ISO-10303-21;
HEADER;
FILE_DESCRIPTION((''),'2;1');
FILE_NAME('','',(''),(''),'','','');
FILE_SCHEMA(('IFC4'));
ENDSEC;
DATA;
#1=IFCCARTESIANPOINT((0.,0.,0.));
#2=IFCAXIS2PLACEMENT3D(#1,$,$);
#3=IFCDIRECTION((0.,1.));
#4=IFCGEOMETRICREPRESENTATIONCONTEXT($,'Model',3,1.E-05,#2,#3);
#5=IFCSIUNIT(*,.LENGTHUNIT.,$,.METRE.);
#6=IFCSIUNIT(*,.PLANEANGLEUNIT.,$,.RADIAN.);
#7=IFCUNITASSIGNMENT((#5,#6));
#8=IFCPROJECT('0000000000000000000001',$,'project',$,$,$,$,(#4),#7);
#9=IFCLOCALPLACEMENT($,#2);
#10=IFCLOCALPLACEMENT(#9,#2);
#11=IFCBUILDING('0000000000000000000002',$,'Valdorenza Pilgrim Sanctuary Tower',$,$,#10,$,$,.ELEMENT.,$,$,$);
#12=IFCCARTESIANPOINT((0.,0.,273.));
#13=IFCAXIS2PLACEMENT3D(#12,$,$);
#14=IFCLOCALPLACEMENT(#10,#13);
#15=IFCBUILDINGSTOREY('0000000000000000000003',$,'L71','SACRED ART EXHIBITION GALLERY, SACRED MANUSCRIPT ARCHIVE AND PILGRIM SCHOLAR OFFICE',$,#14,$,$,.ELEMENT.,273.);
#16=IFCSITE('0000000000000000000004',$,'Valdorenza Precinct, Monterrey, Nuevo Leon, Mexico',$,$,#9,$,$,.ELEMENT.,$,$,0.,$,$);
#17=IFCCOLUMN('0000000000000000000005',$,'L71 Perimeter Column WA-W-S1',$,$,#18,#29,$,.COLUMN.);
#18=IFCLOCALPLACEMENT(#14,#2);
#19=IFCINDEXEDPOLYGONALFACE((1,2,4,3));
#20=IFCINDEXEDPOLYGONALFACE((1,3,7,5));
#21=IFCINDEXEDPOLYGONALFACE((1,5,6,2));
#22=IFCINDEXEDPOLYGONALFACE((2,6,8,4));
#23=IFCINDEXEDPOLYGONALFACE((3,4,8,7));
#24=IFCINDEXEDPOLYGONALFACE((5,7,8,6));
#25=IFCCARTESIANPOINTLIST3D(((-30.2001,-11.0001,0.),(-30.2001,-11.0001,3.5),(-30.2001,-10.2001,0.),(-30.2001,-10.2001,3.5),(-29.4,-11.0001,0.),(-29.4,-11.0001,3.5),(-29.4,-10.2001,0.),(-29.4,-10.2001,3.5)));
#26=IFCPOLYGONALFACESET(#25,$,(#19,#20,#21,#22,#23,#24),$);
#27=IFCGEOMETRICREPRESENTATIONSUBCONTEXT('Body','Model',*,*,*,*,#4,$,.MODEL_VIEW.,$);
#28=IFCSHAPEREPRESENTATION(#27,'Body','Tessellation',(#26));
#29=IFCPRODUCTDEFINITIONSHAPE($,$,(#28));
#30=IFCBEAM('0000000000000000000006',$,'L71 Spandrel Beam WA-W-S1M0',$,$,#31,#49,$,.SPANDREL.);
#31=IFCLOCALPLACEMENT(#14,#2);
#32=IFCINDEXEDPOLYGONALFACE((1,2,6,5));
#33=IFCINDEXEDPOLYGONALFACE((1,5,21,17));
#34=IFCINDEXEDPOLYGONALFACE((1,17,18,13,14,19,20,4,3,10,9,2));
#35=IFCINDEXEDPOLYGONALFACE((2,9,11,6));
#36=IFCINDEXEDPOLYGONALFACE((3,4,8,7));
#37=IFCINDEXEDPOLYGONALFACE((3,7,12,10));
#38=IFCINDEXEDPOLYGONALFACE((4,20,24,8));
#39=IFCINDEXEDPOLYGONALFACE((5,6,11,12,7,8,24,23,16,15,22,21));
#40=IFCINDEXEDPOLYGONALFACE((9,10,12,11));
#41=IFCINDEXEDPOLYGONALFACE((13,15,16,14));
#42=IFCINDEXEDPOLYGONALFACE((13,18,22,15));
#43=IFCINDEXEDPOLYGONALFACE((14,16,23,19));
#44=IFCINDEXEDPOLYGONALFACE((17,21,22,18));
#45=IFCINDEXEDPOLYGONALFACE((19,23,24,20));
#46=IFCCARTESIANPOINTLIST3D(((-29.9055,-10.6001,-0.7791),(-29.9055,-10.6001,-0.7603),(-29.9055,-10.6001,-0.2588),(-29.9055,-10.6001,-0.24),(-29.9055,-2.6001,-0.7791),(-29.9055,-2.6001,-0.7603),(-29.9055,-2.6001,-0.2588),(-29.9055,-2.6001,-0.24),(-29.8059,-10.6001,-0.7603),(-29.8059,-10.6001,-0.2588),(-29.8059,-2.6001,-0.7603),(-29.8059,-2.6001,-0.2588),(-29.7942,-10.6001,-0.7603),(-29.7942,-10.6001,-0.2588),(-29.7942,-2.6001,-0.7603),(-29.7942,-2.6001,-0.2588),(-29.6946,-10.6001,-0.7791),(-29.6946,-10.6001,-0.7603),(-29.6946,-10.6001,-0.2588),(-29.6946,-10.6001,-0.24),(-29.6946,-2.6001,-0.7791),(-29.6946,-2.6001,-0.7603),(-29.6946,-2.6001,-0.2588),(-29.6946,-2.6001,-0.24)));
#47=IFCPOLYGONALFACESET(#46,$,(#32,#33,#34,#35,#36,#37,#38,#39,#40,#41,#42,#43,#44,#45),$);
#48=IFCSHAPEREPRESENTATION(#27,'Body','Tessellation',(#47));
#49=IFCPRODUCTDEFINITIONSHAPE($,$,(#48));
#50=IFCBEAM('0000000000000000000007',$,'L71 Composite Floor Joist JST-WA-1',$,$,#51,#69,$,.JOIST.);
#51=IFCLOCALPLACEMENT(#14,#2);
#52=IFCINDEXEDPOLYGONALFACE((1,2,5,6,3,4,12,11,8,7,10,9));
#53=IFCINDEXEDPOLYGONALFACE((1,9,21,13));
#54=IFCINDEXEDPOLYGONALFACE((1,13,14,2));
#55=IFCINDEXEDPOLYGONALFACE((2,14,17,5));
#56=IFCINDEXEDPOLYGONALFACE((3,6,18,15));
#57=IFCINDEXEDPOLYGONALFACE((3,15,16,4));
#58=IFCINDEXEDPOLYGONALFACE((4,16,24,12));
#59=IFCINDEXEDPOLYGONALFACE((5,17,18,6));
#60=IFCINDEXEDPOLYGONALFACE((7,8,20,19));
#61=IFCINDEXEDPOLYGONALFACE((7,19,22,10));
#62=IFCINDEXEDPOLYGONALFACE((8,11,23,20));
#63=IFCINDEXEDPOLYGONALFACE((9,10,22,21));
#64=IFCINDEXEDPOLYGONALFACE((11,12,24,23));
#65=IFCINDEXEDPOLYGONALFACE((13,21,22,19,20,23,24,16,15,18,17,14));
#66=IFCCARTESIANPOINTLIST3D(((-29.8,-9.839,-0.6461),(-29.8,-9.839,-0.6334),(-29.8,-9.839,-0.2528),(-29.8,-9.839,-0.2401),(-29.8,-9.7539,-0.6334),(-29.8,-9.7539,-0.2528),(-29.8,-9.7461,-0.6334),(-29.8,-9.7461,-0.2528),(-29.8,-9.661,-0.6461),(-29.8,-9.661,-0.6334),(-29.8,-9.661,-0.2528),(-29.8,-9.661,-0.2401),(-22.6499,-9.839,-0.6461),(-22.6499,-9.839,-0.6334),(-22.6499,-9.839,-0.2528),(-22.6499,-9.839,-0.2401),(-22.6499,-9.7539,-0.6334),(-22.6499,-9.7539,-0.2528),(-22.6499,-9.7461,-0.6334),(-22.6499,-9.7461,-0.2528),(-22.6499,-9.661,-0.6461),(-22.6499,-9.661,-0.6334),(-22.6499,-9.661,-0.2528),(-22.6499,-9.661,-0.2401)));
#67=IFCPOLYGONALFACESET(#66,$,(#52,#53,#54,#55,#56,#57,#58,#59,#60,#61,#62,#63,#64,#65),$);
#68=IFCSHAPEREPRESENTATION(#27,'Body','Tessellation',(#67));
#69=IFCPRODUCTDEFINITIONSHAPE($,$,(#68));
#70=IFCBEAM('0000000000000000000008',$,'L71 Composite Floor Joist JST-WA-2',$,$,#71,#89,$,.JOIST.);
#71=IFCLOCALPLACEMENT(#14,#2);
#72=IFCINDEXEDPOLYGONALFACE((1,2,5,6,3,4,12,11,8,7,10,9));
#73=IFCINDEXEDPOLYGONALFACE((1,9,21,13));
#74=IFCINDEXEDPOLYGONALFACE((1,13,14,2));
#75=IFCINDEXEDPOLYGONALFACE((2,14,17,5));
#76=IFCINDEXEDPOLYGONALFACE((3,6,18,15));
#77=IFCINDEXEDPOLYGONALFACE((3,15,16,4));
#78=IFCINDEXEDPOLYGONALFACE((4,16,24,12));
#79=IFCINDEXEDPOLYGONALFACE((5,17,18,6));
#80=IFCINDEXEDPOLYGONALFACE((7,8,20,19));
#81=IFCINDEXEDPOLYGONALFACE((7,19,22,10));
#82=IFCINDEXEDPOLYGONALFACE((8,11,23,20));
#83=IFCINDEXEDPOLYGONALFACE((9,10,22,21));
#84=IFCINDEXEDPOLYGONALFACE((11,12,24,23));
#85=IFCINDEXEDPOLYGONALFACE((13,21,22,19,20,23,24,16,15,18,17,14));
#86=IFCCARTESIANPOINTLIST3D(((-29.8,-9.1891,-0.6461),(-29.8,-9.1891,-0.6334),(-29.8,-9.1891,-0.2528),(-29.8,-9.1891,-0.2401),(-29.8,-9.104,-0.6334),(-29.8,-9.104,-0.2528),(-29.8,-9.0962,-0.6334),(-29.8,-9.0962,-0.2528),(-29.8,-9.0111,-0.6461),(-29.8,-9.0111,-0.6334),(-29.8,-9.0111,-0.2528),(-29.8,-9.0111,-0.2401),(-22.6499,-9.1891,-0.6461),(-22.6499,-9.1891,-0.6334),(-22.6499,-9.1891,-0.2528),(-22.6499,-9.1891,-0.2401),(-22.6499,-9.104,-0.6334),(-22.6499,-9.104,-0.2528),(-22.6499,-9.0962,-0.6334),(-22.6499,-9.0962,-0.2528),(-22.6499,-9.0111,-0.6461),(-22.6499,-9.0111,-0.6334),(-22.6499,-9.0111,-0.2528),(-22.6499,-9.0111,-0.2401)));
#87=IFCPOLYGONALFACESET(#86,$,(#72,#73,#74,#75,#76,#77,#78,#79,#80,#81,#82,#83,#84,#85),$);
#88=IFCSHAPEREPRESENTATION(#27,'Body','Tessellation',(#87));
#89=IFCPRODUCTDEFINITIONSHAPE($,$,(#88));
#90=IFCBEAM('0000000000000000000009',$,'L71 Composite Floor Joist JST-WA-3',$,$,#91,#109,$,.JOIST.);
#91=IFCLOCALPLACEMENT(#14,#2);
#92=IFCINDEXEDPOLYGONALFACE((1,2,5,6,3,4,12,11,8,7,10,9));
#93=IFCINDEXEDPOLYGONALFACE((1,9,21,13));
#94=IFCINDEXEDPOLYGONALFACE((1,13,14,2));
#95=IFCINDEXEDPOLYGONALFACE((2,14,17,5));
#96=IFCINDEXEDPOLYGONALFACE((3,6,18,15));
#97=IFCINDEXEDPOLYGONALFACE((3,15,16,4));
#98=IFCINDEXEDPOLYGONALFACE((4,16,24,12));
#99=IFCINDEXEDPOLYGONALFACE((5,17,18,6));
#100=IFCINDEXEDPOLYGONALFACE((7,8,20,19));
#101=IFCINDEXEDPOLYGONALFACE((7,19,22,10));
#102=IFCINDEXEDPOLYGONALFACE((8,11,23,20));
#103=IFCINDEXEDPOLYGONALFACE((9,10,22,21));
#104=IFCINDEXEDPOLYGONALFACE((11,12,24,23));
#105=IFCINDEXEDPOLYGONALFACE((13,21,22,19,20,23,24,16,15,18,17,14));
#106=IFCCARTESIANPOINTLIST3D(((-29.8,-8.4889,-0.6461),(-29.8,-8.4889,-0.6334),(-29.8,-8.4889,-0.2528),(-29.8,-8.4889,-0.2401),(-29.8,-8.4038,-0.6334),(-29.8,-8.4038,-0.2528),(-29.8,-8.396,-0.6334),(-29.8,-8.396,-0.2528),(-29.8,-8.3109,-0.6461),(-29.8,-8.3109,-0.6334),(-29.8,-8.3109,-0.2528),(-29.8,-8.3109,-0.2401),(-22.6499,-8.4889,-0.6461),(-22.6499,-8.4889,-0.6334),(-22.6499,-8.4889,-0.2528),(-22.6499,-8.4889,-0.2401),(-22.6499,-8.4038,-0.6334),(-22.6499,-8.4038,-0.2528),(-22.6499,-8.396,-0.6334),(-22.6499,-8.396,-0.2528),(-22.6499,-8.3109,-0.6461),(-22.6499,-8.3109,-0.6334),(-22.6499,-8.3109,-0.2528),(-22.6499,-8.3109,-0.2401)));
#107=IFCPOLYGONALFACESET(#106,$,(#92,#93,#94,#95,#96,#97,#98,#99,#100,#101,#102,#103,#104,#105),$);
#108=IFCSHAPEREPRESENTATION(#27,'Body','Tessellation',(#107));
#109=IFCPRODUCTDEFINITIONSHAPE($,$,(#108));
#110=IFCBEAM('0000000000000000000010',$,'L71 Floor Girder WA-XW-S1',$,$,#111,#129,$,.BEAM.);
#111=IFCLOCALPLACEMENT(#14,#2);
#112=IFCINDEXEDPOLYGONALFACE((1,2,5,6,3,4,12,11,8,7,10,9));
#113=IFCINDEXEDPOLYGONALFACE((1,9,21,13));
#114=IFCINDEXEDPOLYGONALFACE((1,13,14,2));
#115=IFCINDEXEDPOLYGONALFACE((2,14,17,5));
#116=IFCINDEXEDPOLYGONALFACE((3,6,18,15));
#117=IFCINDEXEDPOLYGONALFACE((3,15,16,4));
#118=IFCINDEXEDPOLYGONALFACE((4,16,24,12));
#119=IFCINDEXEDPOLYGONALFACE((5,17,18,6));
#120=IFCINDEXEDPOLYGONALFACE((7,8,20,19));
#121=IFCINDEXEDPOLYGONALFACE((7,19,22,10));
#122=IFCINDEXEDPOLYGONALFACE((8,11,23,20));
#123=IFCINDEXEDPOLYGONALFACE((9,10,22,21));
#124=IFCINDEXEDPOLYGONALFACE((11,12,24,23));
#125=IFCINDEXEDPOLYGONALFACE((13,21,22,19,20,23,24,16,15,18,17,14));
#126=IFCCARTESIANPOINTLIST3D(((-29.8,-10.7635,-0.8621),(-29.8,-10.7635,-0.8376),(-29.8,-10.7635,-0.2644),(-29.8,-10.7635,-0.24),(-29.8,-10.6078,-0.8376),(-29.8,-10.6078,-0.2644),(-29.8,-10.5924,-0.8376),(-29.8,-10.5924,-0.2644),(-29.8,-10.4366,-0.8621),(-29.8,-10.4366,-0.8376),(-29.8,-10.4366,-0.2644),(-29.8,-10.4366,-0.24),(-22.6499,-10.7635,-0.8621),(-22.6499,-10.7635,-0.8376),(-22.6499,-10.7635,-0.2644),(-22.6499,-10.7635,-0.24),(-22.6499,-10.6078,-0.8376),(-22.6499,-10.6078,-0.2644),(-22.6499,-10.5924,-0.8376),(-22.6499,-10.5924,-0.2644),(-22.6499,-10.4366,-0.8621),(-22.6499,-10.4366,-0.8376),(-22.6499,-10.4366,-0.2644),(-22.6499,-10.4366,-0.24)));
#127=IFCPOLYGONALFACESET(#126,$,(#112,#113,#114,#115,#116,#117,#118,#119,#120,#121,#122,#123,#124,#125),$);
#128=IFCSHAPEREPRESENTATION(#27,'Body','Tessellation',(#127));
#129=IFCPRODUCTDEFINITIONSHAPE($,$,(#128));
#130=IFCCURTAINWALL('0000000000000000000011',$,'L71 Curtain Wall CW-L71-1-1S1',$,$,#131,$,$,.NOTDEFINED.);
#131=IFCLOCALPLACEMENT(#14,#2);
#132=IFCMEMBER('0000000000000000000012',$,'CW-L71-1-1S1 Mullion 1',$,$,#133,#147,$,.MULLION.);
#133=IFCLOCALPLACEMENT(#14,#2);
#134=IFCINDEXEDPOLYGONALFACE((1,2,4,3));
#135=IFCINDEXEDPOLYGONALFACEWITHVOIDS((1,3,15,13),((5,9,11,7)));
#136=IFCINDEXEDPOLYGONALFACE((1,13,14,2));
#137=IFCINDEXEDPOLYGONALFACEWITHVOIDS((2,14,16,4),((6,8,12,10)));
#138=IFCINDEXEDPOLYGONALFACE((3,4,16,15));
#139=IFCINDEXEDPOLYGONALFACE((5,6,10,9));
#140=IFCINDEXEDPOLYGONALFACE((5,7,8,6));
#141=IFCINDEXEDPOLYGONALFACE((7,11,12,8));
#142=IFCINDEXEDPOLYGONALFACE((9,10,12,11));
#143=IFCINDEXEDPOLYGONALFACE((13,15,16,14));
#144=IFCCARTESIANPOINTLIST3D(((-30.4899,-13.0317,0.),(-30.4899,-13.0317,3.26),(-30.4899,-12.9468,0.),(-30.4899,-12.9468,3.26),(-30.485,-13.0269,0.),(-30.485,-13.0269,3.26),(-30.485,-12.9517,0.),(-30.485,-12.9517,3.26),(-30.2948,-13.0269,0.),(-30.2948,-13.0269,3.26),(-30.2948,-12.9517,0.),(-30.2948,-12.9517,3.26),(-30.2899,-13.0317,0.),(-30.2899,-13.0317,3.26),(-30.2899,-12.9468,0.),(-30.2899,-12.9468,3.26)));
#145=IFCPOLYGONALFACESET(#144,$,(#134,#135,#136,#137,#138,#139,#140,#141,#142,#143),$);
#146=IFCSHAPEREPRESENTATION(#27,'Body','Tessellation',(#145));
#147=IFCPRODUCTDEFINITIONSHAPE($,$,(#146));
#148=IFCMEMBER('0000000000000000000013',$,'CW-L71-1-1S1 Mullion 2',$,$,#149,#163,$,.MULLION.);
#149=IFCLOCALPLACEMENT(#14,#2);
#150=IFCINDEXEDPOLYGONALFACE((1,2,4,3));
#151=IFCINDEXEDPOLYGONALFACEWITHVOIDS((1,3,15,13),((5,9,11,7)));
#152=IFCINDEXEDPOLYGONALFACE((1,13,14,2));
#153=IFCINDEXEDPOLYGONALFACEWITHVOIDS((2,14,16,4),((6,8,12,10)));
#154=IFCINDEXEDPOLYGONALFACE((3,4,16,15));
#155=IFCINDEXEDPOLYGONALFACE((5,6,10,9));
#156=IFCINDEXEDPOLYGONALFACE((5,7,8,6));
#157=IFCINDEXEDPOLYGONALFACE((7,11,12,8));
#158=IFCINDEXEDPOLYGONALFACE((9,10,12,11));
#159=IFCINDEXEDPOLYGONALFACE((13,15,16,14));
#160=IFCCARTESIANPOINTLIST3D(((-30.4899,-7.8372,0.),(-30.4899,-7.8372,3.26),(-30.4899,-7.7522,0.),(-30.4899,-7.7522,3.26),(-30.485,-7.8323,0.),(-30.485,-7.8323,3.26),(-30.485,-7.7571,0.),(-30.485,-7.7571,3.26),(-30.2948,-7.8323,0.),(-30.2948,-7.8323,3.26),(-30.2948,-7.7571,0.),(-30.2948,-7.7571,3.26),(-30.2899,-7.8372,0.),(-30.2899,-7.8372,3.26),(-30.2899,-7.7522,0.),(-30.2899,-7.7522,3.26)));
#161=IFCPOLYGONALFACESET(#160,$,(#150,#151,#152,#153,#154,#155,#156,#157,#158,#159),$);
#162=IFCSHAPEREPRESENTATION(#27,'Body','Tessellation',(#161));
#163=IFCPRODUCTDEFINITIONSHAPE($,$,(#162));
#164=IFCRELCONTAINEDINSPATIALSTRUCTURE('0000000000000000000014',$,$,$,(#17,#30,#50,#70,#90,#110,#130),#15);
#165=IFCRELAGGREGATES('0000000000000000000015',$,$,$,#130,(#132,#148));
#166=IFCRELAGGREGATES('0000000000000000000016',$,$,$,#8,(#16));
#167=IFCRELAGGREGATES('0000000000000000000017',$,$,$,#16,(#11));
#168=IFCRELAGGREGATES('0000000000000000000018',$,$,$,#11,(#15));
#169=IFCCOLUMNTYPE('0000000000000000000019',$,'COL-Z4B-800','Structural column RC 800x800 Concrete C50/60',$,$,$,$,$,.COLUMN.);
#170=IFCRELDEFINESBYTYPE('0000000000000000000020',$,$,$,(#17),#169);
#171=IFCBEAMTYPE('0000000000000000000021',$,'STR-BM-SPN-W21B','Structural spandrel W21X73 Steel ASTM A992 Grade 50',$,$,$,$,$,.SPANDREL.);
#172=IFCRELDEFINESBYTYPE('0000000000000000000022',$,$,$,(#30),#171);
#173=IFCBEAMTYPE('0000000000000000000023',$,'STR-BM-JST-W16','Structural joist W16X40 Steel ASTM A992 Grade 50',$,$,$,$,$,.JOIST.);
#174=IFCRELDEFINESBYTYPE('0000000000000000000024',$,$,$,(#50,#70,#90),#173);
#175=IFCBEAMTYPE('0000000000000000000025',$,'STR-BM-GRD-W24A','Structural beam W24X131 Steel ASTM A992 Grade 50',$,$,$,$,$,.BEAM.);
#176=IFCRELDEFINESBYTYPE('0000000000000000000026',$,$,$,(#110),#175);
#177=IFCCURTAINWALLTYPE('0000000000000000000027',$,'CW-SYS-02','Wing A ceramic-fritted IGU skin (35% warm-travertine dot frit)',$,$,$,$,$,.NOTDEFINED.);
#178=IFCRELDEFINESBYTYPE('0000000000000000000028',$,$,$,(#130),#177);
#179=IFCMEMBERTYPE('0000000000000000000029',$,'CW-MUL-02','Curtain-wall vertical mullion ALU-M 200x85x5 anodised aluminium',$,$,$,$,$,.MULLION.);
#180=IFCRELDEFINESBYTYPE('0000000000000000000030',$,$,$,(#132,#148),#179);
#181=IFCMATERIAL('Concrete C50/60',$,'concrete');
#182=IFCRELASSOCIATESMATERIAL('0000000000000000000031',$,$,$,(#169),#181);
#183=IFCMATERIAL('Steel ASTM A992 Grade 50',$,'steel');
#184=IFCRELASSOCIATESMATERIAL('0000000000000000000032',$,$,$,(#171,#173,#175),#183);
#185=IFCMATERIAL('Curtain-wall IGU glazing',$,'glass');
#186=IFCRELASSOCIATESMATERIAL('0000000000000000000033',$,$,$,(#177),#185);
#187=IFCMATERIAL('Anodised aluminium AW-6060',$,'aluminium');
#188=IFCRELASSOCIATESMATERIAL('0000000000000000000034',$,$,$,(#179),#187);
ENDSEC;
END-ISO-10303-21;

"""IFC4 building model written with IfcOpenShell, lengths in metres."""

from ifc_helpers import new_model, si_unit, direction, frame, origin, origin_2d, place, context, subcontext, project, spatial, rectangle, hollow_rectangle, i_section, extrude, source, transform, mapped, material, material_profile, profile_set, type_object, element, aggregate, save


model = new_model("IFC4")

# Units and contexts
model_context = context("Model", 3, precision=1e-05, world=origin(), true_north=direction((0.0, 1.0)))
body_context = subcontext(model_context, "Body", "Model", "MODEL_VIEW")
ifc_project = project(units=[si_unit("LENGTHUNIT", "METRE"), si_unit("PLANEANGLEUNIT", "RADIAN")], contexts=[model_context])

# Site, building, storey
site_placement = place(None, origin())
site = spatial("IfcSite", under=ifc_project, at=site_placement, Name="Valdorenza Precinct, Monterrey, Nuevo Leon, Mexico", CompositionType="ELEMENT", RefElevation=0.0)
building_placement = place(site_placement, origin())
building = spatial("IfcBuilding", under=site, at=building_placement, Name="Valdorenza Pilgrim Sanctuary Tower", CompositionType="ELEMENT")
storey_placement = place(building_placement, frame((0.0, 0.0, 273.0)))
storey = spatial("IfcBuildingStorey", under=building, at=storey_placement, Name="L71", Description="SACRED ART EXHIBITION GALLERY, SACRED MANUSCRIPT ARCHIVE AND PILGRIM SCHOLAR OFFICE", CompositionType="ELEMENT", Elevation=273.0)

# Column
ifc_material_1 = material(Name="Concrete C50/60", Category="concrete")
ifc_material_profile_1 = material_profile(ifc_material_1, rectangle(XDim=0.8, YDim=0.8, at=origin_2d()), Name="RC 800x800")
ifc_profile_set_1 = profile_set([ifc_material_profile_1], Name="Concrete C50/60")
column_type = type_object("IfcColumnType", Name="COL-Z4B-800", Description="Structural column RC 800x800 Concrete C50/60", PredefinedType="COLUMN", material=ifc_profile_set_1)
shared_shape_1 = source(origin(), body_context, "Body", "SweptSolid", [
    extrude(rectangle(XDim=0.8, YDim=0.8, at=origin_2d()), origin(), (0.0, 0.0, 1.0), 3.5),
])
column_placement = place(storey_placement, frame((-29.8, -10.6001, 0.0), z_axis=(0.0, 0.0, 1.0), x_axis=(1.0, 0.0, 0.0)))
element("IfcColumn", 1, at=column_placement, inside=storey, type_object=column_type, Name="L71 Perimeter Column WA-W-S1", PredefinedType="COLUMN", context=body_context, shape_type="MappedRepresentation", body=[
    mapped(shared_shape_1, transform((0.0, 0.0, 0.0), x_axis=(1.0, 0.0, 0.0), y_axis=(0.0, 1.0, 0.0), z_axis=(0.0, 0.0, 1.0), scale=1.0)),
])

# Beams
ifc_material_2 = material(Name="Steel ASTM A992 Grade 50", Category="steel")
ifc_material_profile_2 = material_profile(ifc_material_2, i_section(OverallWidth=0.2109, OverallDepth=0.5391, WebThickness=0.0117, FlangeThickness=0.0188, at=origin_2d()), Name="W21X73")
ifc_profile_set_2 = profile_set([ifc_material_profile_2], Name="Steel ASTM A992 Grade 50")
beam_type_1 = type_object("IfcBeamType", Name="STR-BM-SPN-W21B", Description="Structural spandrel W21X73 Steel ASTM A992 Grade 50", PredefinedType="SPANDREL", material=ifc_profile_set_2)
shared_shape_2 = source(origin(), body_context, "Body", "SweptSolid", [
    extrude(i_section(OverallWidth=0.2109, OverallDepth=0.5391, WebThickness=0.0117, FlangeThickness=0.0188, at=origin_2d()), origin(), (0.0, 0.0, 1.0), 8.0),
])
beam_1_placement = place(storey_placement, frame((-29.8, -10.6001, -0.5095), z_axis=(0.0, 1.0, 0.0), x_axis=(-1.0, 0.0, 0.0)))
element("IfcBeam", 2, at=beam_1_placement, inside=storey, type_object=beam_type_1, Name="L71 Spandrel Beam WA-W-S1M0", PredefinedType="SPANDREL", context=body_context, shape_type="MappedRepresentation", body=[
    mapped(shared_shape_2, transform((0.0, 0.0, 0.0), x_axis=(1.0, 0.0, 0.0), y_axis=(0.0, 1.0, 0.0), z_axis=(0.0, 0.0, 1.0), scale=1.0)),
])
ifc_material_profile_3 = material_profile(ifc_material_2, i_section(OverallWidth=0.178, OverallDepth=0.406, WebThickness=0.0078, FlangeThickness=0.0127, at=origin_2d()), Name="W16X40")
ifc_profile_set_3 = profile_set([ifc_material_profile_3], Name="Steel ASTM A992 Grade 50")
beam_type_2 = type_object("IfcBeamType", Name="STR-BM-JST-W16", Description="Structural joist W16X40 Steel ASTM A992 Grade 50", PredefinedType="JOIST", material=ifc_profile_set_3)
shared_shape_3 = source(origin(), body_context, "Body", "SweptSolid", [
    extrude(i_section(OverallWidth=0.178, OverallDepth=0.406, WebThickness=0.0078, FlangeThickness=0.0127, at=origin_2d()), origin(), (0.0, 0.0, 1.0), 7.1501),
])
for number, where, z_axis, x_axis, name in (
    (3, (-29.8, -9.75, -0.4431), (1.0, 0.0, 0.0), (0.0, 1.0, 0.0), "L71 Composite Floor Joist JST-WA-1"),
    (4, (-29.8, -9.1001, -0.4431), (1.0, 0.0, 0.0), (0.0, 1.0, 0.0), "L71 Composite Floor Joist JST-WA-2"),
    (5, (-29.8, -8.3999, -0.4431), (1.0, 0.0, 0.0), (0.0, 1.0, 0.0), "L71 Composite Floor Joist JST-WA-3"),
):
    element("IfcBeam", number, at=place(storey_placement, frame(where, z_axis=z_axis, x_axis=x_axis)), inside=storey, type_object=beam_type_2, Name=name, PredefinedType="JOIST", context=body_context, shape_type="MappedRepresentation", body=[
        mapped(shared_shape_3, transform((0.0, 0.0, 0.0), x_axis=(1.0, 0.0, 0.0), y_axis=(0.0, 1.0, 0.0), z_axis=(0.0, 0.0, 1.0), scale=1.0)),
    ])
ifc_material_profile_4 = material_profile(ifc_material_2, i_section(OverallWidth=0.3269, OverallDepth=0.6221, WebThickness=0.0154, FlangeThickness=0.0244, at=origin_2d()), Name="W24X131")
ifc_profile_set_4 = profile_set([ifc_material_profile_4], Name="Steel ASTM A992 Grade 50")
beam_type_3 = type_object("IfcBeamType", Name="STR-BM-GRD-W24A", Description="Structural beam W24X131 Steel ASTM A992 Grade 50", PredefinedType="BEAM", material=ifc_profile_set_4)
shared_shape_4 = source(origin(), body_context, "Body", "SweptSolid", [
    extrude(i_section(OverallWidth=0.3269, OverallDepth=0.6221, WebThickness=0.0154, FlangeThickness=0.0244, at=origin_2d()), origin(), (0.0, 0.0, 1.0), 7.1501),
])
beam_2_placement = place(storey_placement, frame((-29.8, -10.6001, -0.551), z_axis=(1.0, 0.0, 0.0), x_axis=(0.0, 1.0, 0.0)))
element("IfcBeam", 6, at=beam_2_placement, inside=storey, type_object=beam_type_3, Name="L71 Floor Girder WA-XW-S1", PredefinedType="BEAM", context=body_context, shape_type="MappedRepresentation", body=[
    mapped(shared_shape_4, transform((0.0, 0.0, 0.0), x_axis=(1.0, 0.0, 0.0), y_axis=(0.0, 1.0, 0.0), z_axis=(0.0, 0.0, 1.0), scale=1.0)),
])

# Curtain wall, members
ifc_material_3 = material(Name="Curtain-wall IGU glazing", Category="glass")
curtain_wall_type = type_object("IfcCurtainWallType", Name="CW-SYS-02", Description="Wing A ceramic-fritted IGU skin (35% warm-travertine dot frit)", PredefinedType="NOTDEFINED", material=ifc_material_3)
curtain_wall_placement = place(storey_placement, origin())
curtain_wall = element("IfcCurtainWall", 7, at=curtain_wall_placement, inside=storey, type_object=curtain_wall_type, Name="L71 Curtain Wall CW-L71-1-1S1", PredefinedType="NOTDEFINED")
ifc_material_4 = material(Name="Anodised aluminium AW-6060", Category="aluminium")
ifc_material_profile_5 = material_profile(ifc_material_4, hollow_rectangle(XDim=0.085, YDim=0.2, WallThickness=0.0049, at=origin_2d()), Name="ALU-M 200x85x5")
ifc_profile_set_5 = profile_set([ifc_material_profile_5], Name="Anodised aluminium AW-6060")
member_type_1 = type_object("IfcMemberType", Name="CW-MUL-02", Description="Curtain-wall vertical mullion ALU-M 200x85x5 anodised aluminium", PredefinedType="MULLION", material=ifc_profile_set_5)
shared_shape_5 = source(origin(), body_context, "Body", "SweptSolid", [
    extrude(hollow_rectangle(XDim=0.085, YDim=0.2, WallThickness=0.0049, at=origin_2d()), origin(), (0.0, 0.0, 1.0), 3.26),
])
member_1_placement = place(storey_placement, frame((-30.3899, -12.9893, 0.0), z_axis=(0.0, 0.0, 1.0), x_axis=(0.0, 1.0, 0.0)))
member_1 = element("IfcMember", 8, at=member_1_placement, type_object=member_type_1, Name="CW-L71-1-1S1 Mullion 1", PredefinedType="MULLION", context=body_context, shape_type="MappedRepresentation", body=[
    mapped(shared_shape_5, transform((0.0, 0.0, 0.0), x_axis=(1.0, 0.0, 0.0), y_axis=(0.0, 1.0, 0.0), z_axis=(0.0, 0.0, 1.0), scale=1.0)),
])
member_2_placement = place(storey_placement, frame((-30.3899, -7.7947, 0.0), z_axis=(0.0, 0.0, 1.0), x_axis=(0.0, 1.0, 0.0)))
member_2 = element("IfcMember", 9, at=member_2_placement, type_object=member_type_1, Name="CW-L71-1-1S1 Mullion 2", PredefinedType="MULLION", context=body_context, shape_type="MappedRepresentation", body=[
    mapped(shared_shape_5, transform((0.0, 0.0, 0.0), x_axis=(1.0, 0.0, 0.0), y_axis=(0.0, 1.0, 0.0), z_axis=(0.0, 0.0, 1.0), scale=1.0)),
])
aggregate(curtain_wall, [member_1, member_2])

save(model, "model.ifc")
